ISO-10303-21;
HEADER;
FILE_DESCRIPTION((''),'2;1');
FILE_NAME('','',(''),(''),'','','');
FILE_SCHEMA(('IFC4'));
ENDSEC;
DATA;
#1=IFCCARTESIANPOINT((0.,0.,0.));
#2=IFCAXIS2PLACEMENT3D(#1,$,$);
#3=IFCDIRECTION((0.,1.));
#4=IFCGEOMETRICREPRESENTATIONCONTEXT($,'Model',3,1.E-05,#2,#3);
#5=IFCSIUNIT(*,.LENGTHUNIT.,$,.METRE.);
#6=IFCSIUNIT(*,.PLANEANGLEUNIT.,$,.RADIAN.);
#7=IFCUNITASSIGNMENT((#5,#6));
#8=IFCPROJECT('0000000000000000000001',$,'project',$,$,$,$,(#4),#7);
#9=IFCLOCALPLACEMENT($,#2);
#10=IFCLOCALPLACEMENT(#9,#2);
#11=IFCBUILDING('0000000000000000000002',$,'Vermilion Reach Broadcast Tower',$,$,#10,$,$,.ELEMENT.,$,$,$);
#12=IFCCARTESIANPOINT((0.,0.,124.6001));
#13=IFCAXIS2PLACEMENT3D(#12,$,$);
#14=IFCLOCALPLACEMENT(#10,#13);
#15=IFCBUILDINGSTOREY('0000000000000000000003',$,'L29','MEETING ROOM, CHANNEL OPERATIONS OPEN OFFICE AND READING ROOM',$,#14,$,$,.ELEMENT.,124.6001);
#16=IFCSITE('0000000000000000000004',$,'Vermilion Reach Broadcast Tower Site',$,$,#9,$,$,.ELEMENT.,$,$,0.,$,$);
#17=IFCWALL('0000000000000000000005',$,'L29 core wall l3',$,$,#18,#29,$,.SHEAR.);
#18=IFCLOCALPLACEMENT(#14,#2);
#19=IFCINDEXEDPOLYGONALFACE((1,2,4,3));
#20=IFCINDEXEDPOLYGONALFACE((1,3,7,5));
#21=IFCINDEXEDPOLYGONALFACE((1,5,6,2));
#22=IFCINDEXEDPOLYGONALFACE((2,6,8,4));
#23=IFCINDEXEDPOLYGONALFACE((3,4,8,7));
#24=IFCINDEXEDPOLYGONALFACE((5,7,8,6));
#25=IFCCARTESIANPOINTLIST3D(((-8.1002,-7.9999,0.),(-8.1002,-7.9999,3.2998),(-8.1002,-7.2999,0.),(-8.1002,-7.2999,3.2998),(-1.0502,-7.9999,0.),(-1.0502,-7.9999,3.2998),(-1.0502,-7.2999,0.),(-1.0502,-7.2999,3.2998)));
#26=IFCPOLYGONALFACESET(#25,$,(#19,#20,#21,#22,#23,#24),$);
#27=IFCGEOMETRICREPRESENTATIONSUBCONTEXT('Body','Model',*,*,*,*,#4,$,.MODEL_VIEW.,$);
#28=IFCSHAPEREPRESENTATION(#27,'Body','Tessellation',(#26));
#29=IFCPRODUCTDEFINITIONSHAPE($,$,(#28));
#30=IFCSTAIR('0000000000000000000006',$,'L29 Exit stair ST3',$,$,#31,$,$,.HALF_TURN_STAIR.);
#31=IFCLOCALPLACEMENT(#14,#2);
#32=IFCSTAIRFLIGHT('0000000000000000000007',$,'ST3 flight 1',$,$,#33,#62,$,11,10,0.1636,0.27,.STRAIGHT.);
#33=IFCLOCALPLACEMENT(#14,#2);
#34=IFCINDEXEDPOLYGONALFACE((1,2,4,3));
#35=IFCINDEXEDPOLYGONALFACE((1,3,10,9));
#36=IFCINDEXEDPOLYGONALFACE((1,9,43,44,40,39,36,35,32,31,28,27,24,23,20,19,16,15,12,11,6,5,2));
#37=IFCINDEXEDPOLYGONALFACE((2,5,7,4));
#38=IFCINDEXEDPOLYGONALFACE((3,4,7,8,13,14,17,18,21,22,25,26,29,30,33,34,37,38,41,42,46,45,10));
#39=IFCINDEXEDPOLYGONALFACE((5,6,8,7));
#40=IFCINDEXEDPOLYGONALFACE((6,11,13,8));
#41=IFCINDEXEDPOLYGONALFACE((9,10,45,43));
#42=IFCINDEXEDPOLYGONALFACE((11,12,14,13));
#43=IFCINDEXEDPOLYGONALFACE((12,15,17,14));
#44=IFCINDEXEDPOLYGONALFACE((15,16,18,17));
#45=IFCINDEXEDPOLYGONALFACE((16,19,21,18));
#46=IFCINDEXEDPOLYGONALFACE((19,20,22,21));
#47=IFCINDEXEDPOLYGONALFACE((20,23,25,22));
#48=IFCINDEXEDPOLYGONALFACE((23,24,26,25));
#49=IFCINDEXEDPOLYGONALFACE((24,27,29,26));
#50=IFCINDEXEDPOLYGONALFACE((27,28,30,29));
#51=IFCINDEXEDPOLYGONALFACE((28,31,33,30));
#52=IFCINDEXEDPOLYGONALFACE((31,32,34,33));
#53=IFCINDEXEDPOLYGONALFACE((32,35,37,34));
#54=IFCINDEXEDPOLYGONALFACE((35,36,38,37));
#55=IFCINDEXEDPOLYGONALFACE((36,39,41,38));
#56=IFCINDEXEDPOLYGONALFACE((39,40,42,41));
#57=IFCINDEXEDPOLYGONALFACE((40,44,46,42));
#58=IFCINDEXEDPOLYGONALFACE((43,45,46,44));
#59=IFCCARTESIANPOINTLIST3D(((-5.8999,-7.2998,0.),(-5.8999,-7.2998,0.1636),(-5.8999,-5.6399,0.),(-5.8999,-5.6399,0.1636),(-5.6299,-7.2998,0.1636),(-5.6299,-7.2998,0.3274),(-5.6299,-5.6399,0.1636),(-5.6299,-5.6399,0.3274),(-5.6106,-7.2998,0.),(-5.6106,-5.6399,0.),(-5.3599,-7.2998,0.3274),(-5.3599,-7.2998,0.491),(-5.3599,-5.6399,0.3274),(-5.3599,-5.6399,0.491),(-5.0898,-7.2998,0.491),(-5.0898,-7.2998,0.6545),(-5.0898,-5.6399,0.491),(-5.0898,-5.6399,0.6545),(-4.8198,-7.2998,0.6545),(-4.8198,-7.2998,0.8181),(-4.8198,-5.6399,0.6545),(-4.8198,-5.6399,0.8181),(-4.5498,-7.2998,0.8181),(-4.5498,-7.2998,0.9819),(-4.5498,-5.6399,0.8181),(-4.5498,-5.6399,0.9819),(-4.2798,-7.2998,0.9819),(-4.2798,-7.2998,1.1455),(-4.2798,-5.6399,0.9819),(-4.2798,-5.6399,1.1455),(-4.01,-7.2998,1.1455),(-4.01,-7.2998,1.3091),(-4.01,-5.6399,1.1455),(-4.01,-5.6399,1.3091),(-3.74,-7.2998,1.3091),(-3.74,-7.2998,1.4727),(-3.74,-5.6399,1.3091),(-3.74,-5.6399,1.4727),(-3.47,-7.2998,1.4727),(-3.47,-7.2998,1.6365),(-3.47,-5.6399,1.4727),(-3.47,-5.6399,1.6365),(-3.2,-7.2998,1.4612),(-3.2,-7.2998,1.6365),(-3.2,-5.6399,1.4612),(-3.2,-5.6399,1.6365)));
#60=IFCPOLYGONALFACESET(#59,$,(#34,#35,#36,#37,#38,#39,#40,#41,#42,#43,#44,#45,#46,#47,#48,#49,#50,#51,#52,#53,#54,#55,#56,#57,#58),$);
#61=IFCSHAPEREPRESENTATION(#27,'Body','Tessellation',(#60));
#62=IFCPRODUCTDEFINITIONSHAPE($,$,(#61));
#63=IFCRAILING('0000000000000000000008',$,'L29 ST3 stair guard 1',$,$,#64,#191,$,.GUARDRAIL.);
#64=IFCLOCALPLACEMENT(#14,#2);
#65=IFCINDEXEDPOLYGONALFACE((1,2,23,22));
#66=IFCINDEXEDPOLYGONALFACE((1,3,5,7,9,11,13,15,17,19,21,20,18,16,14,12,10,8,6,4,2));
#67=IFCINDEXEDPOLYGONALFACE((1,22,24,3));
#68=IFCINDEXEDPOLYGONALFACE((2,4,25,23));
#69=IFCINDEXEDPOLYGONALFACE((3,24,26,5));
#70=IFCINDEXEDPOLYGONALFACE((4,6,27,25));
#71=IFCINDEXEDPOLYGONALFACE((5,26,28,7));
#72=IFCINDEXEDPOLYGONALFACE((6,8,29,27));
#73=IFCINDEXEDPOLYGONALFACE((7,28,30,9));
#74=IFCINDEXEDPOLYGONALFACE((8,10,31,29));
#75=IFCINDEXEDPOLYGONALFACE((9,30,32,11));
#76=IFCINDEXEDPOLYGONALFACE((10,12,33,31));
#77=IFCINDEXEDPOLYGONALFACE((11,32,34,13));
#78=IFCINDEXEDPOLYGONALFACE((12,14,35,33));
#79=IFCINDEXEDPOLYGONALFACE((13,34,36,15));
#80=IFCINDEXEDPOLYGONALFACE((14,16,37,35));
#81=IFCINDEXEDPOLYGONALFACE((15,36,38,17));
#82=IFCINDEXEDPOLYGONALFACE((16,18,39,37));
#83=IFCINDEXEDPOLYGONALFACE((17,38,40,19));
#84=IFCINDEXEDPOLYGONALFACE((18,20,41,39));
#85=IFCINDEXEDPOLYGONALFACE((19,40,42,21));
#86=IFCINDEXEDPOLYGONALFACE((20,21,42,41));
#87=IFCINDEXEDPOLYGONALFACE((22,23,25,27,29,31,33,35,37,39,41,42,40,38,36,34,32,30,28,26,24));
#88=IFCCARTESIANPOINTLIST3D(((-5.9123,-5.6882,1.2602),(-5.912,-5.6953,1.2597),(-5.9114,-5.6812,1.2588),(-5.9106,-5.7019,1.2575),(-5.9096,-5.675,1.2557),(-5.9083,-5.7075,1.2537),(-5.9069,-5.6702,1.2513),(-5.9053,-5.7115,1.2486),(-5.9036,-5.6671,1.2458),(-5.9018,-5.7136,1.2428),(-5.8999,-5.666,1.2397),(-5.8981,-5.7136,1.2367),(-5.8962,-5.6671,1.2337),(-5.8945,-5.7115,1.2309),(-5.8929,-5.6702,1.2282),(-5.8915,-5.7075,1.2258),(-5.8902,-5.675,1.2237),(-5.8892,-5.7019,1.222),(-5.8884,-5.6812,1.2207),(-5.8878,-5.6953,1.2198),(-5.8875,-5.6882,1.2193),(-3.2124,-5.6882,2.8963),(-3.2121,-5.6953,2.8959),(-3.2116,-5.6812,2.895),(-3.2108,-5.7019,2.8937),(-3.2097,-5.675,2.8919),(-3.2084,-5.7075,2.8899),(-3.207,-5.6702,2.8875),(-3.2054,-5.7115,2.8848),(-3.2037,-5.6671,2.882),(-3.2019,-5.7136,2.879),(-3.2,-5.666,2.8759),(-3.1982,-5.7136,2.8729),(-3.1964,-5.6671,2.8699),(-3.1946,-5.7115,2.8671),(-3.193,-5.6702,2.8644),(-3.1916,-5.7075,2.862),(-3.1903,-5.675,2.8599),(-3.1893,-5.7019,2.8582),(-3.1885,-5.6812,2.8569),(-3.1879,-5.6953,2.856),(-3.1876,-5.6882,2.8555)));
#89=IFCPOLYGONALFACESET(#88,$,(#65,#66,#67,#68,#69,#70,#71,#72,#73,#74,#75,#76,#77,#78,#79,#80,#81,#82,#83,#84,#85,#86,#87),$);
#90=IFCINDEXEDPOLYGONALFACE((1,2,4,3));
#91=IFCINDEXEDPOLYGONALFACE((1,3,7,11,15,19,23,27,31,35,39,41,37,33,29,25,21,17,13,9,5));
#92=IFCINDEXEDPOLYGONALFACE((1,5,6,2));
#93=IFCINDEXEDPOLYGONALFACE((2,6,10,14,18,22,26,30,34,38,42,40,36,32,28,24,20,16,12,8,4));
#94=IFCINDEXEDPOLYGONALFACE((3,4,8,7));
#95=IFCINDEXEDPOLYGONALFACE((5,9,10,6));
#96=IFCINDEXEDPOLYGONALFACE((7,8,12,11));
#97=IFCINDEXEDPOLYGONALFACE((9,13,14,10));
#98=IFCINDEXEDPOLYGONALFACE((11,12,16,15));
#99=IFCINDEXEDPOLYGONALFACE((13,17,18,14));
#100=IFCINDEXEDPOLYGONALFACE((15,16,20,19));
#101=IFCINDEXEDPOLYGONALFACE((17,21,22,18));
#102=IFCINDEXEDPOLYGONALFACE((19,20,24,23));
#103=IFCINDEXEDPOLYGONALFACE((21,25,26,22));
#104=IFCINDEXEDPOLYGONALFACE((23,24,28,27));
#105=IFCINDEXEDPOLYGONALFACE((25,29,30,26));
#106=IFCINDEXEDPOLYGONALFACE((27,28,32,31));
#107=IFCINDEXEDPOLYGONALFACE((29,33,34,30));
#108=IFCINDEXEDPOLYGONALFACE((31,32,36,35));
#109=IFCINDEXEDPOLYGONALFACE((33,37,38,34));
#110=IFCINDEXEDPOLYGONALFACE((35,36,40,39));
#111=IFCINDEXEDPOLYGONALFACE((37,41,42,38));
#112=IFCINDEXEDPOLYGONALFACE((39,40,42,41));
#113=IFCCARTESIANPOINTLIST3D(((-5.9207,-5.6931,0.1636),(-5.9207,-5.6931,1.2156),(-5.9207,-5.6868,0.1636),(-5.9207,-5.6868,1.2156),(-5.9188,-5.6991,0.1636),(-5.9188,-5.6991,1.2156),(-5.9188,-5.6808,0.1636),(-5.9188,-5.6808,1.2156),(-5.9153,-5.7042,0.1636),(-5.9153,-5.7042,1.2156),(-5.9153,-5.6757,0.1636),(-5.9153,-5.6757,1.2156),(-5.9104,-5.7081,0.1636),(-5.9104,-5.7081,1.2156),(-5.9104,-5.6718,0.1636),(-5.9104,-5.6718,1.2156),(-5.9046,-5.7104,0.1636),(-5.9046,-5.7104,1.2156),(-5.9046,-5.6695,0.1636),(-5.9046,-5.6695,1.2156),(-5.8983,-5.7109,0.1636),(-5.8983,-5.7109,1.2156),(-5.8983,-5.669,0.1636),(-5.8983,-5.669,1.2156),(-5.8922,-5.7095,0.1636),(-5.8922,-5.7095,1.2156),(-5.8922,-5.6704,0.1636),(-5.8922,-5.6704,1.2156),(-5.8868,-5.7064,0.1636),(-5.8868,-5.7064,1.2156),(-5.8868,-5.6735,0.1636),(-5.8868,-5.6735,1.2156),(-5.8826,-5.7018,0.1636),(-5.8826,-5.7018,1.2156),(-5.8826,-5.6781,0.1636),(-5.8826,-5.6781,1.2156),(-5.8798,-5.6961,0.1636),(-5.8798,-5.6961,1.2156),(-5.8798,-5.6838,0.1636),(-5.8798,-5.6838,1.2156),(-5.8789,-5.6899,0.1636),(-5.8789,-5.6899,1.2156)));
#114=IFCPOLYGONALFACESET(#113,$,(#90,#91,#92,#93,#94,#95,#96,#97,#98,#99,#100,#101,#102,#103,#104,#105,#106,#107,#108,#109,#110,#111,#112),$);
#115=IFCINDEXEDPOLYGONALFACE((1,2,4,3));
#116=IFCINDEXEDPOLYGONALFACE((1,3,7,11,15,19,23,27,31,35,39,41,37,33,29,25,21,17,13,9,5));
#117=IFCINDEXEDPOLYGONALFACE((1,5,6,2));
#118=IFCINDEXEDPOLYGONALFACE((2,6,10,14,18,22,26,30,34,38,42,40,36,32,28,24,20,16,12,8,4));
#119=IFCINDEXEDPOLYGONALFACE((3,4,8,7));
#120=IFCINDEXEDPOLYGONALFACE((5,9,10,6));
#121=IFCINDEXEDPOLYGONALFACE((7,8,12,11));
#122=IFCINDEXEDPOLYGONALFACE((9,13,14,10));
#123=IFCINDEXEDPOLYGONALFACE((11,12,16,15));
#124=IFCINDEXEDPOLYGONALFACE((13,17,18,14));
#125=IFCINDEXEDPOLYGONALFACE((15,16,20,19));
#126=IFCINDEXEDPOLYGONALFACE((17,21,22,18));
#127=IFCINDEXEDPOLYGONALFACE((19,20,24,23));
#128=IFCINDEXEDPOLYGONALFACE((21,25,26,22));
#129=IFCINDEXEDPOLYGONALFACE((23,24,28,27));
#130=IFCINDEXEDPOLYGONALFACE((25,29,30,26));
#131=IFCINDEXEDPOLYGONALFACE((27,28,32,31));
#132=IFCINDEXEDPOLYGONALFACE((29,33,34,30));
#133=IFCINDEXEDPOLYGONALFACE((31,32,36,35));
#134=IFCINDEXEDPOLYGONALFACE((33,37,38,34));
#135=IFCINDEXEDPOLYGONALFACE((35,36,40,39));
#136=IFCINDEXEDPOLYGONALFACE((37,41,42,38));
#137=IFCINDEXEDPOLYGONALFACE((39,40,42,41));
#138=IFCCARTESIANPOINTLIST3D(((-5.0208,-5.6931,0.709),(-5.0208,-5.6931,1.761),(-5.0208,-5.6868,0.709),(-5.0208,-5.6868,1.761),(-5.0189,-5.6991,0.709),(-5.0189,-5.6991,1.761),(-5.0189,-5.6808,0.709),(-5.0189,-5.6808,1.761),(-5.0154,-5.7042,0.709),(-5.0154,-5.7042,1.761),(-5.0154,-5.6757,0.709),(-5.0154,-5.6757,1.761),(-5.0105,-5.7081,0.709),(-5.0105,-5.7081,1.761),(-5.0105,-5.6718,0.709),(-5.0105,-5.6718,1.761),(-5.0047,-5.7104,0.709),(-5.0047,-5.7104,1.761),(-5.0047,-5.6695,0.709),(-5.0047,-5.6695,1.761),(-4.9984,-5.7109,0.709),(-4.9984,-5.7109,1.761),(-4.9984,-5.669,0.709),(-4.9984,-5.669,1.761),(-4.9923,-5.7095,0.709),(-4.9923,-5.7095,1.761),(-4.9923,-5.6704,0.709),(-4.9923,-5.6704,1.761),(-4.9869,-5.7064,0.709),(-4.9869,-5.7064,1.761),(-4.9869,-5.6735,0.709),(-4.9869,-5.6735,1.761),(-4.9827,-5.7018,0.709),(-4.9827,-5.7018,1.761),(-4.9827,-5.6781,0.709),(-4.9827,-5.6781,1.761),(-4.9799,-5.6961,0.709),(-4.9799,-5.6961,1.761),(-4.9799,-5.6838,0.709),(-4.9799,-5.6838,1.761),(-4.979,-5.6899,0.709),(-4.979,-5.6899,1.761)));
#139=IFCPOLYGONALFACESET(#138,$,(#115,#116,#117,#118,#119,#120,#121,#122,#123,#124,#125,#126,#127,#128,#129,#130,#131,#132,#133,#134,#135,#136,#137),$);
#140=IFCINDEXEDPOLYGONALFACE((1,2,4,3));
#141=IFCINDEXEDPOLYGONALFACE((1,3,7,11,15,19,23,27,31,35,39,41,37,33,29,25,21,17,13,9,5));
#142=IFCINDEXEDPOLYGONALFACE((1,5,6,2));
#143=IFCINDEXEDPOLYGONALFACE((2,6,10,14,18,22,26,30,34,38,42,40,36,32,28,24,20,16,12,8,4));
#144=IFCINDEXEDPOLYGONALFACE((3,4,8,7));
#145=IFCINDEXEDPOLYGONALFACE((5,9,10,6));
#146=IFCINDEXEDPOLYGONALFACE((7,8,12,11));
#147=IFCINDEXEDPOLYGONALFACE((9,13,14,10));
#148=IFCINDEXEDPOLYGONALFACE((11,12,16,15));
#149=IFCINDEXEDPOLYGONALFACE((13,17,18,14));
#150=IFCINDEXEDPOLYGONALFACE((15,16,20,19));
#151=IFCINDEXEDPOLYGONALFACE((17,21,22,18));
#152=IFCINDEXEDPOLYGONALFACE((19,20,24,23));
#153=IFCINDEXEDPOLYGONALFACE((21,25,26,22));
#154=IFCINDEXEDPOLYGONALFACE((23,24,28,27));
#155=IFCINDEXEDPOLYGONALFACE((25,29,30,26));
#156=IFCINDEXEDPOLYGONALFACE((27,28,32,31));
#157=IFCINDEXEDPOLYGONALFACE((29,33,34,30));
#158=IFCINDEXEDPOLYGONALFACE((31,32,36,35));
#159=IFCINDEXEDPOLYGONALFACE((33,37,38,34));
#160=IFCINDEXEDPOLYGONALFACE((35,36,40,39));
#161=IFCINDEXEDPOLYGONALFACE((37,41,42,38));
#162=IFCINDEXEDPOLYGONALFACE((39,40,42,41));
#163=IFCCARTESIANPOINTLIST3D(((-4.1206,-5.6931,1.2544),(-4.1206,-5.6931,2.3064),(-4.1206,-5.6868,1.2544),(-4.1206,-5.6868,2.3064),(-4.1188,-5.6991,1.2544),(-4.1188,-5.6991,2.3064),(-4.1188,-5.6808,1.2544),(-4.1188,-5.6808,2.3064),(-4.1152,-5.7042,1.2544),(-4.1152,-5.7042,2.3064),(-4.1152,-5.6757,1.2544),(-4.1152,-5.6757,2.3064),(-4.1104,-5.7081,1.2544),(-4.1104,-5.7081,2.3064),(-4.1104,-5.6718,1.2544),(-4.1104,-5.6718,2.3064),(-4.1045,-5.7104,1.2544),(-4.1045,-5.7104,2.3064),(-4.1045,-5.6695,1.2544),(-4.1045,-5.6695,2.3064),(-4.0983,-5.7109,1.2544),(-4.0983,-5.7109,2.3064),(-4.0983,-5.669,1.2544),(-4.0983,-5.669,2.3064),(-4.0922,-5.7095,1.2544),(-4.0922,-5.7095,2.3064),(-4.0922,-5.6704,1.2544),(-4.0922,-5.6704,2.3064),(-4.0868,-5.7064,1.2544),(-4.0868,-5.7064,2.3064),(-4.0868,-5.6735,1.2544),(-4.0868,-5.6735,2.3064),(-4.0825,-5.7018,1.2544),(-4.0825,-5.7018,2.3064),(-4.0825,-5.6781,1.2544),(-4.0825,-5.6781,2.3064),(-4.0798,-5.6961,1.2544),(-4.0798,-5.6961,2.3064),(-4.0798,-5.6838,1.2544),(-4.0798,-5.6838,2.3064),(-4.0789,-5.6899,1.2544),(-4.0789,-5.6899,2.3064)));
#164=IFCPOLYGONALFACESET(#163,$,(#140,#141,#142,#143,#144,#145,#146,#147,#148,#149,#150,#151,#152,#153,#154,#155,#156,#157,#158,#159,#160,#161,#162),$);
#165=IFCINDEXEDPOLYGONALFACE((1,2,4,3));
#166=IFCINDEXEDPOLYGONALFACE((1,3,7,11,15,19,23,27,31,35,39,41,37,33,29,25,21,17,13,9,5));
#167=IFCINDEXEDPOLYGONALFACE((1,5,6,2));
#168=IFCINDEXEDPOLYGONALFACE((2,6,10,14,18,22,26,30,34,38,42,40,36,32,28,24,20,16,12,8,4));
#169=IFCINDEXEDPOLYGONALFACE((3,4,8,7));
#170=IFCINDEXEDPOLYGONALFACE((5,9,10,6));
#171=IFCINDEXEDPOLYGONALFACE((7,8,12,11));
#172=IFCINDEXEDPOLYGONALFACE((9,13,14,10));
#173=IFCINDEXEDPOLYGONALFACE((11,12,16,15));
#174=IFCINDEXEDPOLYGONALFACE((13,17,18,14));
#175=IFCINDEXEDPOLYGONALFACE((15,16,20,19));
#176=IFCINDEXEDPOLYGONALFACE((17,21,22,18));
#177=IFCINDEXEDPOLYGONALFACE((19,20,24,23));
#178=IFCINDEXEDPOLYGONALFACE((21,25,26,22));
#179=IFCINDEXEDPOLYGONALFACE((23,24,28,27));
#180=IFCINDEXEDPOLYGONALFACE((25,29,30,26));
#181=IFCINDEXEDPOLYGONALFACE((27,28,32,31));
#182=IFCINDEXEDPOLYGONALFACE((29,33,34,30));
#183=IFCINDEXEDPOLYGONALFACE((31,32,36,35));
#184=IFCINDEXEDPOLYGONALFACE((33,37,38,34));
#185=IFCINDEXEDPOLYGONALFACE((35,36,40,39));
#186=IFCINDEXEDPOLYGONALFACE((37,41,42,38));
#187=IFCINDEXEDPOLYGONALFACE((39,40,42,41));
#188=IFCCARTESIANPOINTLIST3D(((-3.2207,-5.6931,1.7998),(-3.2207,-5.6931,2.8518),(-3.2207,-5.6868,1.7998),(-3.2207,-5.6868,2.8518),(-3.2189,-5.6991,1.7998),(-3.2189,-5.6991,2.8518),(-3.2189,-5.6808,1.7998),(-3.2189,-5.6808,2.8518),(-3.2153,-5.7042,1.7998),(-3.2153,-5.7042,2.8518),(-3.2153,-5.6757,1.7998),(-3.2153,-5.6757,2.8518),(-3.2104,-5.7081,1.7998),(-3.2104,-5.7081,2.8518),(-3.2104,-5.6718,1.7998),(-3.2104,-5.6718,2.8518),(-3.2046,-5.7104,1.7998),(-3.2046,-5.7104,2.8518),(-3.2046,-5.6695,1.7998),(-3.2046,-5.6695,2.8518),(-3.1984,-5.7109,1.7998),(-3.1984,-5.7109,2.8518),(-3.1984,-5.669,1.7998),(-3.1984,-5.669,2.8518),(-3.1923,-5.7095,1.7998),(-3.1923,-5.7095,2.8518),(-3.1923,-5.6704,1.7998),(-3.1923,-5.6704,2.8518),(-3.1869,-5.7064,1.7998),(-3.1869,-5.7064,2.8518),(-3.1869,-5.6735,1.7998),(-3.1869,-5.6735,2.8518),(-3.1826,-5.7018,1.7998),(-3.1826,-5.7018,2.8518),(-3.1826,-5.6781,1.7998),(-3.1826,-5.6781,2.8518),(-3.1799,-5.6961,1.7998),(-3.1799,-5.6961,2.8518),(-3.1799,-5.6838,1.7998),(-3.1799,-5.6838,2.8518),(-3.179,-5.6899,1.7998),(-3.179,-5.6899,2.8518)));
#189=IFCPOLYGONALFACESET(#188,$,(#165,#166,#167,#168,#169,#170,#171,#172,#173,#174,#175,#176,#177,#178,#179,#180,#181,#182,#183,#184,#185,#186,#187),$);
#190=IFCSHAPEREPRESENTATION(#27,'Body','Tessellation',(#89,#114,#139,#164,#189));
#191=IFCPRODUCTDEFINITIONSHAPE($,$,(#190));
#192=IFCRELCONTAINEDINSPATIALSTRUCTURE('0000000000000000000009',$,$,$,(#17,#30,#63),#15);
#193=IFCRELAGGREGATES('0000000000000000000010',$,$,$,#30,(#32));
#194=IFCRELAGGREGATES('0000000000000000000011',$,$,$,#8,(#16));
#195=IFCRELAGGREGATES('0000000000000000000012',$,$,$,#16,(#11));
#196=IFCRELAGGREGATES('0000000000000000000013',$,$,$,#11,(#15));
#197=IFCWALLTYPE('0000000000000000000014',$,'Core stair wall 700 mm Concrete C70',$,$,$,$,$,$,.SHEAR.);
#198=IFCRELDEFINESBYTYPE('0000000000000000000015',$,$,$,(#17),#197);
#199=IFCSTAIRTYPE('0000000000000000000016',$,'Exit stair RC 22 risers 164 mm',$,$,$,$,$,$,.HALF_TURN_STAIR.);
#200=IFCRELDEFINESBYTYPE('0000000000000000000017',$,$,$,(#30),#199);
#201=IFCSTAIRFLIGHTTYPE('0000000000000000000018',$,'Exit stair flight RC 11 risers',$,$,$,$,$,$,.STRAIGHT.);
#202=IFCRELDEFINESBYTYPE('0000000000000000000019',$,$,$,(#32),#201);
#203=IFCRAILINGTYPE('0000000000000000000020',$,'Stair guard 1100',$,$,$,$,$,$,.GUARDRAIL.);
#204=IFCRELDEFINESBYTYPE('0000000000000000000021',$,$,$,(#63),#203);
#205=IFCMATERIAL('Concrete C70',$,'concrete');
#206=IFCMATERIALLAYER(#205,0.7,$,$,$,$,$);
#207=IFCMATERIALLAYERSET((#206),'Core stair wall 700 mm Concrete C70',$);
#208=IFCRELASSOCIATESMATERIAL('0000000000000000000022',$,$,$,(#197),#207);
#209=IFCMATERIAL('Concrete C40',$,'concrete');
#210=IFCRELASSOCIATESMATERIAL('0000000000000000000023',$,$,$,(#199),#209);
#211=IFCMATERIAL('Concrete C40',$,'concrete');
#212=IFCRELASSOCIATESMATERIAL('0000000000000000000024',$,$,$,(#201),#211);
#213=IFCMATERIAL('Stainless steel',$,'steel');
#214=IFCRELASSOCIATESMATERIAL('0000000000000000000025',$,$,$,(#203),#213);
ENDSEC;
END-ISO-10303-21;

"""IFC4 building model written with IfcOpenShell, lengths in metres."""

from ifc_helpers import new_model, si_unit, direction, frame, frame_2d, origin, origin_2d, place, context, subcontext, project, spatial, polyline, rectangle, circle, outline, extrude, material, layer, layer_set, type_object, element, aggregate, save


model = new_model("IFC4")

# Units and contexts
model_context = context("Model", 3, precision=1e-05, world=origin(), true_north=direction((0.0, 1.0)))
body_context = subcontext(model_context, "Body", "Model", "MODEL_VIEW")
ifc_project = project(units=[si_unit("LENGTHUNIT", "METRE"), si_unit("PLANEANGLEUNIT", "RADIAN")], contexts=[model_context])

# Site, building, storey
site_placement = place(None, origin())
site = spatial("IfcSite", under=ifc_project, at=site_placement, Name="Vermilion Reach Broadcast Tower Site", CompositionType="ELEMENT", RefElevation=0.0)
building_placement = place(site_placement, origin())
building = spatial("IfcBuilding", under=site, at=building_placement, Name="Vermilion Reach Broadcast Tower", CompositionType="ELEMENT")
storey_placement = place(building_placement, frame((0.0, 0.0, 124.6001)))
storey = spatial("IfcBuildingStorey", under=building, at=storey_placement, Name="L29", Description="MEETING ROOM, CHANNEL OPERATIONS OPEN OFFICE AND READING ROOM", CompositionType="ELEMENT", Elevation=124.6001)

# Wall
ifc_material_1 = material(Name="Concrete C70", Category="concrete")
ifc_layer_1 = layer(ifc_material_1, 0.7)
ifc_layer_set_1 = layer_set([ifc_layer_1], Name="Core stair wall 700 mm Concrete C70")
wall_type_1 = type_object("IfcWallType", Name="Core stair wall 700 mm Concrete C70", PredefinedType="SHEAR", material=ifc_layer_set_1)
wall_1_placement = place(storey_placement, frame((-8.1001, -7.6499, 0.0), z_axis=(0.0, 0.0, 1.0), x_axis=(1.0, 0.0, 0.0)))
element("IfcWall", 1, at=wall_1_placement, inside=storey, type_object=wall_type_1, Name="L29 core wall l3", PredefinedType="SHEAR", context=body_context, shape_type="SweptSolid", body=[
    extrude(rectangle(XDim=7.05, YDim=0.7, at=frame_2d((3.5249, 0.0))), origin(), (0.0, 0.0, 1.0), 3.2998),
])

# Stair, stair flight
ifc_material_2 = material(Name="Concrete C40", Category="concrete")
stair_type = type_object("IfcStairType", Name="Exit stair RC 22 risers 164 mm", PredefinedType="HALF_TURN_STAIR", material=ifc_material_2)
stair_placement = place(storey_placement, origin())
stair = element("IfcStair", 2, at=stair_placement, inside=storey, type_object=stair_type, Name="L29 Exit stair ST3", PredefinedType="HALF_TURN_STAIR")
ifc_material_3 = material(Name="Concrete C40", Category="concrete")
stair_flight_type = type_object("IfcStairFlightType", Name="Exit stair flight RC 11 risers", PredefinedType="STRAIGHT", material=ifc_material_3)
stair_flight_placement = place(storey_placement, frame((-5.8999, -6.47, 0.0), z_axis=(0.0, 0.0, 1.0), x_axis=(1.0, 0.0, 0.0)))
stair_flight = element("IfcStairFlight", 3, at=stair_flight_placement, type_object=stair_flight_type, Name="ST3 flight 1", NumberOfRisers=11, NumberOfTreads=10, PredefinedType="STRAIGHT", RiserHeight=0.1636, TreadLength=0.27, context=body_context, shape_type="SweptSolid", body=[
    extrude(outline(polyline([(0.0, 0.0), (0.0, 0.1636), (0.27, 0.1636), (0.27, 0.3274), (0.54, 0.3274), (0.54, 0.491), (0.8101, 0.491), (0.8101, 0.6545), (1.0801, 0.6545), (1.0801, 0.8181), (1.3501, 0.8181), (1.3501, 0.9819), (1.6201, 0.9819), (1.6201, 1.1455), (1.8899, 1.1455), (1.8899, 1.3091), (2.1599, 1.3091), (2.1599, 1.4727), (2.4299, 1.4727), (2.4299, 1.6365), (2.7, 1.6365), (2.7, 1.8), (2.7, 1.4612), (0.2893, 0.0), (0.0, 0.0)])), frame((0.0, 0.8301, 0.0), z_axis=(0.0, -1.0, 0.0), x_axis=(1.0, 0.0, 0.0)), (0.0, 0.0, 1.0), 1.6599),
])
aggregate(stair, [stair_flight])

# Railing
ifc_material_4 = material(Name="Stainless steel", Category="steel")
railing_type_1 = type_object("IfcRailingType", Name="Stair guard 1100", PredefinedType="GUARDRAIL", material=ifc_material_4)
railing_1_placement = place(storey_placement, frame((-5.8999, -5.6899, 0.1636)))
element("IfcRailing", 4, at=railing_1_placement, inside=storey, type_object=railing_type_1, Name="L29 ST3 stair guard 1", PredefinedType="GUARDRAIL", context=body_context, shape_type="SweptSolid", body=[
    extrude(circle(Radius=0.0239, at=origin_2d()), frame((0.0, 0.0, 1.0762), z_axis=(0.855212, 0.0, 0.518278), x_axis=(0.0, 1.0, 0.0)), (0.0, 0.0, 1.0), 3.157),
    extrude(circle(Radius=0.021, at=origin_2d()), origin(), (0.0, 0.0, 1.0), 1.052),
    extrude(circle(Radius=0.021, at=origin_2d()), frame((0.8999, 0.0, 0.5454)), (0.0, 0.0, 1.0), 1.052),
    extrude(circle(Radius=0.021, at=origin_2d()), frame((1.8, 0.0, 1.0908)), (0.0, 0.0, 1.0), 1.052),
    extrude(circle(Radius=0.021, at=origin_2d()), frame((2.7, 0.0, 1.6362)), (0.0, 0.0, 1.0), 1.052),
])

save(model, "model.ifc")
